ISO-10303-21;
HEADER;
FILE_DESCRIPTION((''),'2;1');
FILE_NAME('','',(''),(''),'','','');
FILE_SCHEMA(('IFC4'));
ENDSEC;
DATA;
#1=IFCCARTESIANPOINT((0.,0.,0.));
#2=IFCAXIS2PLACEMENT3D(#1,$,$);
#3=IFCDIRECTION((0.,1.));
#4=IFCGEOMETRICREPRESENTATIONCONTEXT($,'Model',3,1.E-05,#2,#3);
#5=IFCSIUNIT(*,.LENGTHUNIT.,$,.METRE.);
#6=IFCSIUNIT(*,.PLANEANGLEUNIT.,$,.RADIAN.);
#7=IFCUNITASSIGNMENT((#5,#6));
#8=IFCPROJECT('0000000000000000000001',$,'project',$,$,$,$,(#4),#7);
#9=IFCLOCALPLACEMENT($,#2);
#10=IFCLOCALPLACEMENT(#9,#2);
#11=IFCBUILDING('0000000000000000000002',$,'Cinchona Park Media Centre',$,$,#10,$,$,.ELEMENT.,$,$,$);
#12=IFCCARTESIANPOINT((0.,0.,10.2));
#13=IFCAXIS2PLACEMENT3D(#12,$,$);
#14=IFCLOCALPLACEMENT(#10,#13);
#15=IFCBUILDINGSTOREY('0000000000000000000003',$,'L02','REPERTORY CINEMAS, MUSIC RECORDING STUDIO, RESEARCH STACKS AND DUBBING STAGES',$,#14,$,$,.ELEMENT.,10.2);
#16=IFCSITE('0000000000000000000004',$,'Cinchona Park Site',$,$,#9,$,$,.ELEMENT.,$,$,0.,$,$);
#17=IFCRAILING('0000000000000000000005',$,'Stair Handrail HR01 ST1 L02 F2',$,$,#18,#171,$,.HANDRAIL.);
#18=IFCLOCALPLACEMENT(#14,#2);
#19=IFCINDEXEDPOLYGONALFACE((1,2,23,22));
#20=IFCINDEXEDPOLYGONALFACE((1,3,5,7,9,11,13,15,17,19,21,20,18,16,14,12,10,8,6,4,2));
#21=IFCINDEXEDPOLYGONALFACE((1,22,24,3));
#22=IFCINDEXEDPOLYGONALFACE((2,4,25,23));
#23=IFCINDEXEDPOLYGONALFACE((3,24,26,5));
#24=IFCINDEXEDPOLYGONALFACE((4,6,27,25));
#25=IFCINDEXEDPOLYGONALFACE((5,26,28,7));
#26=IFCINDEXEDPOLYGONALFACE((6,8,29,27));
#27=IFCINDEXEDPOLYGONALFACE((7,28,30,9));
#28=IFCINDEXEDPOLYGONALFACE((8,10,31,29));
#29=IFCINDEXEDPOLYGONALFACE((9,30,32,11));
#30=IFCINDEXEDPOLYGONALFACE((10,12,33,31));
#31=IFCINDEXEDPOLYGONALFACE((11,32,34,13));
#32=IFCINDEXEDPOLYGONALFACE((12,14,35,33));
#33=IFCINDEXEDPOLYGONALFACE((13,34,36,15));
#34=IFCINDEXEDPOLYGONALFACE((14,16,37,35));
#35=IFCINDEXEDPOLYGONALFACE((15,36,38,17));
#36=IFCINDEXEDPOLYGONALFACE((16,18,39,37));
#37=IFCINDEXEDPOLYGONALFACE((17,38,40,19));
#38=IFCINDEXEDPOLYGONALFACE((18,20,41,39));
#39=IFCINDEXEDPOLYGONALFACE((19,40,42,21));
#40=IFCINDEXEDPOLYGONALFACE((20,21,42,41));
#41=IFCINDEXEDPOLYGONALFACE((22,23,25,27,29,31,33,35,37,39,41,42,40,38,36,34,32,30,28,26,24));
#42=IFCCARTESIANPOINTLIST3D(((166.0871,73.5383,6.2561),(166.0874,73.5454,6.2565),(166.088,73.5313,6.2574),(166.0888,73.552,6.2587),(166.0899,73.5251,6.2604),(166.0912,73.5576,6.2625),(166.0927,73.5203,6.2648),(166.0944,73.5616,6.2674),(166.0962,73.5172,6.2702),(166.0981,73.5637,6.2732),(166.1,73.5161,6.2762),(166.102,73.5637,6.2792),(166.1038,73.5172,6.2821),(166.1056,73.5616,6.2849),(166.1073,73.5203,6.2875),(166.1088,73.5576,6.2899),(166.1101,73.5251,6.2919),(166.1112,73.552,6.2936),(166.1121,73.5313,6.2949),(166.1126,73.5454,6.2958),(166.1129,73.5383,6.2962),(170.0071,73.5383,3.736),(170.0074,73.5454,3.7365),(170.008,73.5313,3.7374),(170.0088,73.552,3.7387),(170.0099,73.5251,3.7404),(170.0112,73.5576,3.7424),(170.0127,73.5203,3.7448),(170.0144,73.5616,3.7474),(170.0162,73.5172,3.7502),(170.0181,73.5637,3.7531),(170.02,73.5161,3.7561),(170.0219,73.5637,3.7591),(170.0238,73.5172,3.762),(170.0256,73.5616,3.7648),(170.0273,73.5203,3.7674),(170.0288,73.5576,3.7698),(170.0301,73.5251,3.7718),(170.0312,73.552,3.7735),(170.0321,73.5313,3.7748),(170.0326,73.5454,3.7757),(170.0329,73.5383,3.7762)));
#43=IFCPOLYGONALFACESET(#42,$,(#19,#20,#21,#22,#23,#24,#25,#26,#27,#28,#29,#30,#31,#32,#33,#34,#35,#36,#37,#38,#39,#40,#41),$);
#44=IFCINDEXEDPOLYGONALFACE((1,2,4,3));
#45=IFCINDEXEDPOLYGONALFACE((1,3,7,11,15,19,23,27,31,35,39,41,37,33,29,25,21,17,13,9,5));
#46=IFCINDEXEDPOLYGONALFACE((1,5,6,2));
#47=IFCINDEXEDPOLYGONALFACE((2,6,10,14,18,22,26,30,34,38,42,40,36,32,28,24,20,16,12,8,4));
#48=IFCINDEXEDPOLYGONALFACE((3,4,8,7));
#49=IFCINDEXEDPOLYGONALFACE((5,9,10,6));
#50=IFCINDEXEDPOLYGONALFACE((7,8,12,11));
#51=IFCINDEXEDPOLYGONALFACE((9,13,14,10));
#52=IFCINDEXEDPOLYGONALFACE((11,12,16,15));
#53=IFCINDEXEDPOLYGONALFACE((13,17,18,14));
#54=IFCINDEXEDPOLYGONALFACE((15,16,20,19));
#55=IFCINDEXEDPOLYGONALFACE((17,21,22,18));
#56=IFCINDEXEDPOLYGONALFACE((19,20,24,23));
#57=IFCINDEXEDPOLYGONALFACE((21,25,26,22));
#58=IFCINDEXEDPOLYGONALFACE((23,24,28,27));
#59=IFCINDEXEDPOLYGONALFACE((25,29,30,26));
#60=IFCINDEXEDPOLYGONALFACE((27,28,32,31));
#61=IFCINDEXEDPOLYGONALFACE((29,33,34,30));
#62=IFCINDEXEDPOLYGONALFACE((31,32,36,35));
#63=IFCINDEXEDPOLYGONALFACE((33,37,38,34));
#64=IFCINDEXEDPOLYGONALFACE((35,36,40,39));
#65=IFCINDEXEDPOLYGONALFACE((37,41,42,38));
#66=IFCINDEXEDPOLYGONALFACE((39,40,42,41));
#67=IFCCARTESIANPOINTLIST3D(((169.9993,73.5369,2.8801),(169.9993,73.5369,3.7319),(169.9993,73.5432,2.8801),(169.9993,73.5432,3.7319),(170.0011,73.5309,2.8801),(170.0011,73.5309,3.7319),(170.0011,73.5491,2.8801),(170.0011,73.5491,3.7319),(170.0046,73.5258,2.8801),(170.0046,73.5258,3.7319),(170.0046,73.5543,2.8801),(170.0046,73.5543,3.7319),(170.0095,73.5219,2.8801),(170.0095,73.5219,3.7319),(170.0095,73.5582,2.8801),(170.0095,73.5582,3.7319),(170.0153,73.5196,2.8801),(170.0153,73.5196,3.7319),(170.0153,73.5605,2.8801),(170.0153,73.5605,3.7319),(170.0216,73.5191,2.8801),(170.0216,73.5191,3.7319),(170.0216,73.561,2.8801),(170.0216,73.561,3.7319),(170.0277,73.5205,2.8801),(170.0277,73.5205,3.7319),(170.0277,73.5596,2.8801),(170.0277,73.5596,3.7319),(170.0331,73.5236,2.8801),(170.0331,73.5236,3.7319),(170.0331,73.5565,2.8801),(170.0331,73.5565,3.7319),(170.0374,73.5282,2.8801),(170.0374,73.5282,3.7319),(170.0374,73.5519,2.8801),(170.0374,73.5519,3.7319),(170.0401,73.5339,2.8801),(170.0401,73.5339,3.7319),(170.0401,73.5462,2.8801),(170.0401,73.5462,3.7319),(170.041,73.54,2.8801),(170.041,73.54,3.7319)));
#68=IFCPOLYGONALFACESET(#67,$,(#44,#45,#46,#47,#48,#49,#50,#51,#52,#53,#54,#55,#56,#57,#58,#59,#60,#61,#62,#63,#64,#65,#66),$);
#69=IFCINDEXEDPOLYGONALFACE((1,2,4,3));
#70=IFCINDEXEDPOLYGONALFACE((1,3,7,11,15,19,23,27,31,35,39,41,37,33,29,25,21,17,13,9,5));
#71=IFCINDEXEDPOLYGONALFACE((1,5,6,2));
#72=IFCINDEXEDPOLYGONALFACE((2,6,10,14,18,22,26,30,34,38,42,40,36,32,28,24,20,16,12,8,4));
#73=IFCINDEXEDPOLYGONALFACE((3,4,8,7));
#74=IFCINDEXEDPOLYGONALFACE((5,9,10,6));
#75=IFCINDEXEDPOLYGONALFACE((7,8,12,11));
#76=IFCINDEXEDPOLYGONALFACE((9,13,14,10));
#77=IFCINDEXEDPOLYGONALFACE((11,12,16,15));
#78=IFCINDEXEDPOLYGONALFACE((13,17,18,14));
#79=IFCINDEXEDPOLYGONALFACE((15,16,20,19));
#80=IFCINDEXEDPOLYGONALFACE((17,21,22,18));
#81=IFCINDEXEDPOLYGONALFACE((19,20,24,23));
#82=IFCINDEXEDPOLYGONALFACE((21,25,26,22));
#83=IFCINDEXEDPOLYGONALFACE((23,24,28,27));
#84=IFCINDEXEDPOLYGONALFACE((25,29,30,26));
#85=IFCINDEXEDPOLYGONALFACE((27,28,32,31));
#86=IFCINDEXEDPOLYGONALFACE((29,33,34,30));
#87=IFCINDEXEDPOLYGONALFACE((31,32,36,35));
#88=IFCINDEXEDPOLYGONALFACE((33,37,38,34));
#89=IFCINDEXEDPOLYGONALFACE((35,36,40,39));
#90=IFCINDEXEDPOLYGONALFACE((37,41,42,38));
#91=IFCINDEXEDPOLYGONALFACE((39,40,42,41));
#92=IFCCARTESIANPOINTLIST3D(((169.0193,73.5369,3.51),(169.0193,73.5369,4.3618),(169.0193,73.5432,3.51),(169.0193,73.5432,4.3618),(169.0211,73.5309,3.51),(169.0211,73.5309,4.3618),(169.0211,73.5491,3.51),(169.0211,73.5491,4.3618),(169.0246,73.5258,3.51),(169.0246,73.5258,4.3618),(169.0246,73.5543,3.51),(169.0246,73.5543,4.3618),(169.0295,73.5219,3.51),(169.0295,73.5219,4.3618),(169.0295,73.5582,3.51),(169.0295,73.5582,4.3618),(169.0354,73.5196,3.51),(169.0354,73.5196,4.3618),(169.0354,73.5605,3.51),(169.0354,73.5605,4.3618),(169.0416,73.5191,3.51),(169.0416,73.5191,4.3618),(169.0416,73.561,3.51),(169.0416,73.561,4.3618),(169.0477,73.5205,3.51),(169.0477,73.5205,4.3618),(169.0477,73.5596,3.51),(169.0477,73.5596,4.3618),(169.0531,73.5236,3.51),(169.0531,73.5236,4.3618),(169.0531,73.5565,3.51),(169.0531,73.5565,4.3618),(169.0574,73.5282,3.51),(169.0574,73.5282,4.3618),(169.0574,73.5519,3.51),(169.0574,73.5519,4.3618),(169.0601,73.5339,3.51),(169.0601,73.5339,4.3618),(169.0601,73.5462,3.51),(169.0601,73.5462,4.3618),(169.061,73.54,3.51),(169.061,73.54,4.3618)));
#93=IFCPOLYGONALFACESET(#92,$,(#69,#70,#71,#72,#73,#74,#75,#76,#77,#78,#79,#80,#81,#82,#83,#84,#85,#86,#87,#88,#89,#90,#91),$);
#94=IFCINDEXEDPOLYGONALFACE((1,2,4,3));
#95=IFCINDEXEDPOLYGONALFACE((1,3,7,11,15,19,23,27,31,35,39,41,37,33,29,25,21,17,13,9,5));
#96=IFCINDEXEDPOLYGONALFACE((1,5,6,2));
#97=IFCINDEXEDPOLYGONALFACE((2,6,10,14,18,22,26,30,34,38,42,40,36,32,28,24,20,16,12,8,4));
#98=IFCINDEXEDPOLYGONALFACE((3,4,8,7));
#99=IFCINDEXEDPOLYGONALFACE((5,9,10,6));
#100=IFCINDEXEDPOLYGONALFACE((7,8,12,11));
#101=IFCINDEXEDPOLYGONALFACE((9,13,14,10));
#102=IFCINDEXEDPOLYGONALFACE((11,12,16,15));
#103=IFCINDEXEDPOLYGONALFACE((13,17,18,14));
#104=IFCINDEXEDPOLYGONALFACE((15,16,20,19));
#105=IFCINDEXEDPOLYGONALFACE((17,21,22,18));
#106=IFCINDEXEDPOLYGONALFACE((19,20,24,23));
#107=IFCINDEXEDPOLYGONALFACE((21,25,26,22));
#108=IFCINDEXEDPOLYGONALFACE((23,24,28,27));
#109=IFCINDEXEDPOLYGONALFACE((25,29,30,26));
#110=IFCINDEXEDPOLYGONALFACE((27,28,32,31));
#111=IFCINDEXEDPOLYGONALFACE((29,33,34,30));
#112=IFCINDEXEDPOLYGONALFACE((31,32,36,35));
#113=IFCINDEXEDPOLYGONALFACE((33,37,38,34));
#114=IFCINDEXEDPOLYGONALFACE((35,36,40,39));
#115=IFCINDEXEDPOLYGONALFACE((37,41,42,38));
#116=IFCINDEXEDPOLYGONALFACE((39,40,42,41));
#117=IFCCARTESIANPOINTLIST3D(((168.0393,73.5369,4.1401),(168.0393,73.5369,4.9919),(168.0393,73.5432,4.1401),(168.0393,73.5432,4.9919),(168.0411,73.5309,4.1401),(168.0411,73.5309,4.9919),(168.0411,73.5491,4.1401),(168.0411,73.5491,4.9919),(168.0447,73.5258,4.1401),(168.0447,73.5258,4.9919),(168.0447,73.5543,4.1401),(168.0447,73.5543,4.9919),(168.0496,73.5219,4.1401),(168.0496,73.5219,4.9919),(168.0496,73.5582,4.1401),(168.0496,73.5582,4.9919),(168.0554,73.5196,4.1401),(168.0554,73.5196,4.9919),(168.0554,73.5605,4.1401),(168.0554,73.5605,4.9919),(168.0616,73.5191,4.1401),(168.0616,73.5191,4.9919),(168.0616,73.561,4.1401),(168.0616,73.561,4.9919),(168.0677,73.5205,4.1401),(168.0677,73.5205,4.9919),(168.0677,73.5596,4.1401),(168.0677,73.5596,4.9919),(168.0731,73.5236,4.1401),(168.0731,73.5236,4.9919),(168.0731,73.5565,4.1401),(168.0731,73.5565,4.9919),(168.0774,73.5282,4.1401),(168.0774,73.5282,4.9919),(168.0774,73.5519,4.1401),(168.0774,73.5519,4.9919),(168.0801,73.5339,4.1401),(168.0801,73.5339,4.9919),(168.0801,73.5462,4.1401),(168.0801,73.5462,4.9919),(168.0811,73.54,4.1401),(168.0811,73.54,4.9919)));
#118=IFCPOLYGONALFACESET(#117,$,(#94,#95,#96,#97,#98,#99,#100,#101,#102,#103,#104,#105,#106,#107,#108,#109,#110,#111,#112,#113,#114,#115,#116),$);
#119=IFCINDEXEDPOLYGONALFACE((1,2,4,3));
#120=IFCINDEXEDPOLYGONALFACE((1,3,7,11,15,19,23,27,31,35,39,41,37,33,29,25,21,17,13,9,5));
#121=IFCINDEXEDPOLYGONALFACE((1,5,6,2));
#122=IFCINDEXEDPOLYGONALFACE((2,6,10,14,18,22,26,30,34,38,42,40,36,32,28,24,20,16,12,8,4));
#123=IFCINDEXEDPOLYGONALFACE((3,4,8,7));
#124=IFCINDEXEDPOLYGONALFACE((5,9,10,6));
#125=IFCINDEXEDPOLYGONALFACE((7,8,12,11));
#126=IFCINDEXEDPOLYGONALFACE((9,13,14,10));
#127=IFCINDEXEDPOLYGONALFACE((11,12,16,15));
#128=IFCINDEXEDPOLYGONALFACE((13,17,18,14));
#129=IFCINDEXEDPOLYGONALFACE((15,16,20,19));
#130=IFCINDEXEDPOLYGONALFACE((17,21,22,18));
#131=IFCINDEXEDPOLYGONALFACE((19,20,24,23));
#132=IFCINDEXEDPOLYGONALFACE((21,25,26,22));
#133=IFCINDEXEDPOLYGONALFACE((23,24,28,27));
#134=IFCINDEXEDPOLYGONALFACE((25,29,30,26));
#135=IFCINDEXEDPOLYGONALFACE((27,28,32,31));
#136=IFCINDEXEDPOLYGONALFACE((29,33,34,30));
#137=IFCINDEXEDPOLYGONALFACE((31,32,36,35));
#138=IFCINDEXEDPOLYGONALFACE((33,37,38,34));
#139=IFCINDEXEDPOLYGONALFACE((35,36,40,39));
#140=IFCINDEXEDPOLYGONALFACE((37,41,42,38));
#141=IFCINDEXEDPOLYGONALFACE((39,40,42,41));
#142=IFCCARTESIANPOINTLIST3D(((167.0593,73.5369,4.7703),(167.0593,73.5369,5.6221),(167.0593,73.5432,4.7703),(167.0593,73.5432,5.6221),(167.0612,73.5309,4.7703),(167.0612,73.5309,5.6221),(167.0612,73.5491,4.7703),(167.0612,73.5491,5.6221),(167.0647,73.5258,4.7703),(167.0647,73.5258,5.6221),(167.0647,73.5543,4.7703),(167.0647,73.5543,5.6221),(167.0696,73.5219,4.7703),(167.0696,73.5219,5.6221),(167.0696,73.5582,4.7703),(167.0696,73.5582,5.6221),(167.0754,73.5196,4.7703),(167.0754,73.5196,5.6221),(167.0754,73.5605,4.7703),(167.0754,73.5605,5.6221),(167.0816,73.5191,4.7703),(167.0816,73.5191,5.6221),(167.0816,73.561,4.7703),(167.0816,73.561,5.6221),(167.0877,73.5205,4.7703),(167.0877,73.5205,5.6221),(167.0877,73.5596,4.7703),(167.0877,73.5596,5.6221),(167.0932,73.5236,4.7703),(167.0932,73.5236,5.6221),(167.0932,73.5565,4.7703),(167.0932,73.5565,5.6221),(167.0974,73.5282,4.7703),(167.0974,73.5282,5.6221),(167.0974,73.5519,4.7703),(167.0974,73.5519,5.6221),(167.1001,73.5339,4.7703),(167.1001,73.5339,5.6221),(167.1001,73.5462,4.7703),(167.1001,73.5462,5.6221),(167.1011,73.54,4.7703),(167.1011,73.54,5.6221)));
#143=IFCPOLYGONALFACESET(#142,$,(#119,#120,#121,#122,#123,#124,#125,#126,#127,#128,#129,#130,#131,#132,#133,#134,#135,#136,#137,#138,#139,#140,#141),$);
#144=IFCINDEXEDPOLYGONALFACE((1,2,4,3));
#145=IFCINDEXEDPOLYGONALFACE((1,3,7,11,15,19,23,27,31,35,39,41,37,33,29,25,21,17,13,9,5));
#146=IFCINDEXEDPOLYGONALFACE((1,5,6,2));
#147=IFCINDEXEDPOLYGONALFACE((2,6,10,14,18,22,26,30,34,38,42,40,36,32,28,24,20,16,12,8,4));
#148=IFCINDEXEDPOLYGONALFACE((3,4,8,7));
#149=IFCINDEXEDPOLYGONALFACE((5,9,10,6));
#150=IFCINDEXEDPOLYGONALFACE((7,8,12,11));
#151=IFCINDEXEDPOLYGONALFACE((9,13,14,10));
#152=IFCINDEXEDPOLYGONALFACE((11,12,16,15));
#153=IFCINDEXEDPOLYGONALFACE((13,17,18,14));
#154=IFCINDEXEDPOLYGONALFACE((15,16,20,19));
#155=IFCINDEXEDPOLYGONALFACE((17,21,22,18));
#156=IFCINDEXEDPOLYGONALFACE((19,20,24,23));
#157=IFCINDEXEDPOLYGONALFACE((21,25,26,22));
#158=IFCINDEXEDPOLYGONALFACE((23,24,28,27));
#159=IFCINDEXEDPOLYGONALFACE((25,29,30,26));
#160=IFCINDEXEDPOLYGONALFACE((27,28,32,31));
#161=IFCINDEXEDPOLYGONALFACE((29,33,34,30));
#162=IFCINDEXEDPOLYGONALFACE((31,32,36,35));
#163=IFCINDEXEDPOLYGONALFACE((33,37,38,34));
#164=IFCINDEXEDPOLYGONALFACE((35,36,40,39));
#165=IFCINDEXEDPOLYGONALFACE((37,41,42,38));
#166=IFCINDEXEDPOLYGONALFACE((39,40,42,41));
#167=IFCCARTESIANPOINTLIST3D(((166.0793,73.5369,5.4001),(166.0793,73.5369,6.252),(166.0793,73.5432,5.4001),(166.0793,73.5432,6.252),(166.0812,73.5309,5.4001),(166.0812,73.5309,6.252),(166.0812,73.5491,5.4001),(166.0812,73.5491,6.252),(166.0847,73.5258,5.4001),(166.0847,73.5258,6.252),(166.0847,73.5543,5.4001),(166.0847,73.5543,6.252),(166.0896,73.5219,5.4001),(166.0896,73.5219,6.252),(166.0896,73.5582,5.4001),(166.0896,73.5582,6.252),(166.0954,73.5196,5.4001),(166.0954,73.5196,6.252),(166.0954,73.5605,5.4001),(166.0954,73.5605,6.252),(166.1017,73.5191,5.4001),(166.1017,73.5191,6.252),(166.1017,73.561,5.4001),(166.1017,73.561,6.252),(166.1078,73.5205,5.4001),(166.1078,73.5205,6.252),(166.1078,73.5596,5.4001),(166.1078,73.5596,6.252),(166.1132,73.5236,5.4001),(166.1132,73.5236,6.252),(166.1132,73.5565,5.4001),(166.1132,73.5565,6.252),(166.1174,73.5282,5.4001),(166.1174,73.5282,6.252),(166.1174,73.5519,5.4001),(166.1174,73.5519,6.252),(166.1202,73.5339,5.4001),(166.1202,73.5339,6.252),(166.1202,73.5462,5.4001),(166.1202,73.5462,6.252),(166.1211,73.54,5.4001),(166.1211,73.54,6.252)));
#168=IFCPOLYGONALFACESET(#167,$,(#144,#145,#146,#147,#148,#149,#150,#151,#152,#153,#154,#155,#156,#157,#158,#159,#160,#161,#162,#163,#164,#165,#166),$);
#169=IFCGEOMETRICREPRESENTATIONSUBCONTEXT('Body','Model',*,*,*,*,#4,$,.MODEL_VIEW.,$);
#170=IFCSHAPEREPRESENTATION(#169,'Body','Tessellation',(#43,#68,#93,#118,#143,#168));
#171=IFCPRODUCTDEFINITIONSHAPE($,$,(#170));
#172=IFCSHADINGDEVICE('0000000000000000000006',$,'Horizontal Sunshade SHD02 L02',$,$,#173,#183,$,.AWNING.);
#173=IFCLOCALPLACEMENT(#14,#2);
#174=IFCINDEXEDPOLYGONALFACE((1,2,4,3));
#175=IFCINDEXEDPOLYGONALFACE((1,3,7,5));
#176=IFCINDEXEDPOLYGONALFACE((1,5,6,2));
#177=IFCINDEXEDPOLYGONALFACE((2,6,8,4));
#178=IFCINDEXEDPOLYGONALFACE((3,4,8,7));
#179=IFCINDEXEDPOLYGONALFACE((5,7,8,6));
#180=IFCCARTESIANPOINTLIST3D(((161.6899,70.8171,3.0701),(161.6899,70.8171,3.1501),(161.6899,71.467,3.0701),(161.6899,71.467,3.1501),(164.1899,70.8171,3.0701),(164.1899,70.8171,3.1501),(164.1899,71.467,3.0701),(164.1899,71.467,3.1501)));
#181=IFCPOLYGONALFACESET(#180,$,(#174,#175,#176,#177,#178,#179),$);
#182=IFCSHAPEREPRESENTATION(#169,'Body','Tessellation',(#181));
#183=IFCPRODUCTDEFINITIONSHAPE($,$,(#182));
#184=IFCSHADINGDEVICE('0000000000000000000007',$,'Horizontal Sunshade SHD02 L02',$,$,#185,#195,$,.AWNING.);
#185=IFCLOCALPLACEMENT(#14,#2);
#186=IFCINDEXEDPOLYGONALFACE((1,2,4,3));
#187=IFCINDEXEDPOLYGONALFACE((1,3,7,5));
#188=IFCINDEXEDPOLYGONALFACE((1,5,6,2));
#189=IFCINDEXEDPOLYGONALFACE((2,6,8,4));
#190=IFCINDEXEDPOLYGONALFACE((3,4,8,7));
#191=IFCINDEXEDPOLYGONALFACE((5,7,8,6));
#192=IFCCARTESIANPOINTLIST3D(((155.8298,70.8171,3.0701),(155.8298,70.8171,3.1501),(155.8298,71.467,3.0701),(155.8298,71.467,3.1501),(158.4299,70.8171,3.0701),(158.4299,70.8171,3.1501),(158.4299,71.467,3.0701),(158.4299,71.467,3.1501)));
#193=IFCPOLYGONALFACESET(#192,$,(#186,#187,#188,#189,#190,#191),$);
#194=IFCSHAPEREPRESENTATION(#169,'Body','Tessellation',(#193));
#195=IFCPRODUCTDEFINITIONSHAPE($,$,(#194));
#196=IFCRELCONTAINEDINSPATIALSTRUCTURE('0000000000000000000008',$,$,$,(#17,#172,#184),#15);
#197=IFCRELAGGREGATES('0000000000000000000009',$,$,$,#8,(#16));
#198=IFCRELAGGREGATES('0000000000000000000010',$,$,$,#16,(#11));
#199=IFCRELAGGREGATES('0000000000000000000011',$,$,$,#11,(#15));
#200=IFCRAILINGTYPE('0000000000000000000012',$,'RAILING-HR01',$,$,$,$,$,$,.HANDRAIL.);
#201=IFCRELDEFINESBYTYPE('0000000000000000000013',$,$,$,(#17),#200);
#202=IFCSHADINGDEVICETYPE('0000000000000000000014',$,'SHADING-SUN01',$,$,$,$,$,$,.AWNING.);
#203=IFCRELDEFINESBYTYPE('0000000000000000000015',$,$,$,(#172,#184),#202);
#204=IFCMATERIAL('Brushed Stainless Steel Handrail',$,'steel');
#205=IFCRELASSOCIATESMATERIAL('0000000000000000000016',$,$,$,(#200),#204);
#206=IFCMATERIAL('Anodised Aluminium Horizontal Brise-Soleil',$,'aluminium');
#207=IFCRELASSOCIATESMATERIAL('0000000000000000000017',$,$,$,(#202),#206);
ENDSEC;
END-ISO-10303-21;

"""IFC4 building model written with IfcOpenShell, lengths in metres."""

from ifc_helpers import new_model, si_unit, direction, frame, origin, origin_2d, place, context, subcontext, project, spatial, rectangle, circle, extrude, material, type_object, element, save


model = new_model("IFC4")

# Units and contexts
model_context = context("Model", 3, precision=1e-05, world=origin(), true_north=direction((0.0, 1.0)))
body_context = subcontext(model_context, "Body", "Model", "MODEL_VIEW")
ifc_project = project(units=[si_unit("LENGTHUNIT", "METRE"), si_unit("PLANEANGLEUNIT", "RADIAN")], contexts=[model_context])

# Site, building, storey
site_placement = place(None, origin())
site = spatial("IfcSite", under=ifc_project, at=site_placement, Name="Cinchona Park Site", CompositionType="ELEMENT", RefElevation=0.0)
building_placement = place(site_placement, origin())
building = spatial("IfcBuilding", under=site, at=building_placement, Name="Cinchona Park Media Centre", CompositionType="ELEMENT")
storey_placement = place(building_placement, frame((0.0, 0.0, 10.2)))
storey = spatial("IfcBuildingStorey", under=building, at=storey_placement, Name="L02", Description="REPERTORY CINEMAS, MUSIC RECORDING STUDIO, RESEARCH STACKS AND DUBBING STAGES", CompositionType="ELEMENT", Elevation=10.2)

# Railing
ifc_material_1 = material(Name="Brushed Stainless Steel Handrail", Category="steel")
railing_type_1 = type_object("IfcRailingType", Name="RAILING-HR01", PredefinedType="HANDRAIL", material=ifc_material_1)
railing_1_placement = place(storey_placement, frame((170.02, 73.54, 2.8801)))
element("IfcRailing", 1, at=railing_1_placement, inside=storey, type_object=railing_type_1, Name="Stair Handrail HR01 ST1 L02 F2", PredefinedType="HANDRAIL", context=body_context, shape_type="SweptSolid", body=[
    extrude(circle(Radius=0.0239, at=origin_2d()), frame((0.0, 0.0, 0.876), z_axis=(-0.841172, 0.0, 0.540768), x_axis=(0.0, -1.0, 0.0)), (0.0, 0.0, 1.0), 4.6602),
    extrude(circle(Radius=0.021, at=origin_2d()), origin(), (0.0, 0.0, 1.0), 0.8518),
    extrude(circle(Radius=0.021, at=origin_2d()), frame((-0.98, 0.0, 0.6299)), (0.0, 0.0, 1.0), 0.8518),
    extrude(circle(Radius=0.021, at=origin_2d()), frame((-1.96, 0.0, 1.26)), (0.0, 0.0, 1.0), 0.8518),
    extrude(circle(Radius=0.021, at=origin_2d()), frame((-2.9399, 0.0, 1.8901)), (0.0, 0.0, 1.0), 0.8518),
    extrude(circle(Radius=0.021, at=origin_2d()), frame((-3.9199, 0.0, 2.52)), (0.0, 0.0, 1.0), 0.8518),
])

# Shading devices
ifc_material_2 = material(Name="Anodised Aluminium Horizontal Brise-Soleil", Category="aluminium")
shading_device_type = type_object("IfcShadingDeviceType", Name="SHADING-SUN01", PredefinedType="AWNING", material=ifc_material_2)
shading_device_1_placement = place(storey_placement, frame((162.9399, 71.1421, 3.0701), z_axis=(0.0, 0.0, 1.0), x_axis=(-1.0, 0.0, 0.0)))
element("IfcShadingDevice", 2, at=shading_device_1_placement, inside=storey, type_object=shading_device_type, Name="Horizontal Sunshade SHD02 L02", PredefinedType="AWNING", context=body_context, shape_type="SweptSolid", body=[
    extrude(rectangle(XDim=2.5, YDim=0.6499, at=origin_2d()), origin(), (0.0, 0.0, 1.0), 0.0801),
])
shading_device_2_placement = place(storey_placement, frame((157.1299, 71.1421, 3.0701), z_axis=(0.0, 0.0, 1.0), x_axis=(-1.0, 0.0, 0.0)))
element("IfcShadingDevice", 3, at=shading_device_2_placement, inside=storey, type_object=shading_device_type, Name="Horizontal Sunshade SHD02 L02", PredefinedType="AWNING", context=body_context, shape_type="SweptSolid", body=[
    extrude(rectangle(XDim=2.6001, YDim=0.6499, at=origin_2d()), origin(), (0.0, 0.0, 1.0), 0.0801),
])

save(model, "model.ifc")
